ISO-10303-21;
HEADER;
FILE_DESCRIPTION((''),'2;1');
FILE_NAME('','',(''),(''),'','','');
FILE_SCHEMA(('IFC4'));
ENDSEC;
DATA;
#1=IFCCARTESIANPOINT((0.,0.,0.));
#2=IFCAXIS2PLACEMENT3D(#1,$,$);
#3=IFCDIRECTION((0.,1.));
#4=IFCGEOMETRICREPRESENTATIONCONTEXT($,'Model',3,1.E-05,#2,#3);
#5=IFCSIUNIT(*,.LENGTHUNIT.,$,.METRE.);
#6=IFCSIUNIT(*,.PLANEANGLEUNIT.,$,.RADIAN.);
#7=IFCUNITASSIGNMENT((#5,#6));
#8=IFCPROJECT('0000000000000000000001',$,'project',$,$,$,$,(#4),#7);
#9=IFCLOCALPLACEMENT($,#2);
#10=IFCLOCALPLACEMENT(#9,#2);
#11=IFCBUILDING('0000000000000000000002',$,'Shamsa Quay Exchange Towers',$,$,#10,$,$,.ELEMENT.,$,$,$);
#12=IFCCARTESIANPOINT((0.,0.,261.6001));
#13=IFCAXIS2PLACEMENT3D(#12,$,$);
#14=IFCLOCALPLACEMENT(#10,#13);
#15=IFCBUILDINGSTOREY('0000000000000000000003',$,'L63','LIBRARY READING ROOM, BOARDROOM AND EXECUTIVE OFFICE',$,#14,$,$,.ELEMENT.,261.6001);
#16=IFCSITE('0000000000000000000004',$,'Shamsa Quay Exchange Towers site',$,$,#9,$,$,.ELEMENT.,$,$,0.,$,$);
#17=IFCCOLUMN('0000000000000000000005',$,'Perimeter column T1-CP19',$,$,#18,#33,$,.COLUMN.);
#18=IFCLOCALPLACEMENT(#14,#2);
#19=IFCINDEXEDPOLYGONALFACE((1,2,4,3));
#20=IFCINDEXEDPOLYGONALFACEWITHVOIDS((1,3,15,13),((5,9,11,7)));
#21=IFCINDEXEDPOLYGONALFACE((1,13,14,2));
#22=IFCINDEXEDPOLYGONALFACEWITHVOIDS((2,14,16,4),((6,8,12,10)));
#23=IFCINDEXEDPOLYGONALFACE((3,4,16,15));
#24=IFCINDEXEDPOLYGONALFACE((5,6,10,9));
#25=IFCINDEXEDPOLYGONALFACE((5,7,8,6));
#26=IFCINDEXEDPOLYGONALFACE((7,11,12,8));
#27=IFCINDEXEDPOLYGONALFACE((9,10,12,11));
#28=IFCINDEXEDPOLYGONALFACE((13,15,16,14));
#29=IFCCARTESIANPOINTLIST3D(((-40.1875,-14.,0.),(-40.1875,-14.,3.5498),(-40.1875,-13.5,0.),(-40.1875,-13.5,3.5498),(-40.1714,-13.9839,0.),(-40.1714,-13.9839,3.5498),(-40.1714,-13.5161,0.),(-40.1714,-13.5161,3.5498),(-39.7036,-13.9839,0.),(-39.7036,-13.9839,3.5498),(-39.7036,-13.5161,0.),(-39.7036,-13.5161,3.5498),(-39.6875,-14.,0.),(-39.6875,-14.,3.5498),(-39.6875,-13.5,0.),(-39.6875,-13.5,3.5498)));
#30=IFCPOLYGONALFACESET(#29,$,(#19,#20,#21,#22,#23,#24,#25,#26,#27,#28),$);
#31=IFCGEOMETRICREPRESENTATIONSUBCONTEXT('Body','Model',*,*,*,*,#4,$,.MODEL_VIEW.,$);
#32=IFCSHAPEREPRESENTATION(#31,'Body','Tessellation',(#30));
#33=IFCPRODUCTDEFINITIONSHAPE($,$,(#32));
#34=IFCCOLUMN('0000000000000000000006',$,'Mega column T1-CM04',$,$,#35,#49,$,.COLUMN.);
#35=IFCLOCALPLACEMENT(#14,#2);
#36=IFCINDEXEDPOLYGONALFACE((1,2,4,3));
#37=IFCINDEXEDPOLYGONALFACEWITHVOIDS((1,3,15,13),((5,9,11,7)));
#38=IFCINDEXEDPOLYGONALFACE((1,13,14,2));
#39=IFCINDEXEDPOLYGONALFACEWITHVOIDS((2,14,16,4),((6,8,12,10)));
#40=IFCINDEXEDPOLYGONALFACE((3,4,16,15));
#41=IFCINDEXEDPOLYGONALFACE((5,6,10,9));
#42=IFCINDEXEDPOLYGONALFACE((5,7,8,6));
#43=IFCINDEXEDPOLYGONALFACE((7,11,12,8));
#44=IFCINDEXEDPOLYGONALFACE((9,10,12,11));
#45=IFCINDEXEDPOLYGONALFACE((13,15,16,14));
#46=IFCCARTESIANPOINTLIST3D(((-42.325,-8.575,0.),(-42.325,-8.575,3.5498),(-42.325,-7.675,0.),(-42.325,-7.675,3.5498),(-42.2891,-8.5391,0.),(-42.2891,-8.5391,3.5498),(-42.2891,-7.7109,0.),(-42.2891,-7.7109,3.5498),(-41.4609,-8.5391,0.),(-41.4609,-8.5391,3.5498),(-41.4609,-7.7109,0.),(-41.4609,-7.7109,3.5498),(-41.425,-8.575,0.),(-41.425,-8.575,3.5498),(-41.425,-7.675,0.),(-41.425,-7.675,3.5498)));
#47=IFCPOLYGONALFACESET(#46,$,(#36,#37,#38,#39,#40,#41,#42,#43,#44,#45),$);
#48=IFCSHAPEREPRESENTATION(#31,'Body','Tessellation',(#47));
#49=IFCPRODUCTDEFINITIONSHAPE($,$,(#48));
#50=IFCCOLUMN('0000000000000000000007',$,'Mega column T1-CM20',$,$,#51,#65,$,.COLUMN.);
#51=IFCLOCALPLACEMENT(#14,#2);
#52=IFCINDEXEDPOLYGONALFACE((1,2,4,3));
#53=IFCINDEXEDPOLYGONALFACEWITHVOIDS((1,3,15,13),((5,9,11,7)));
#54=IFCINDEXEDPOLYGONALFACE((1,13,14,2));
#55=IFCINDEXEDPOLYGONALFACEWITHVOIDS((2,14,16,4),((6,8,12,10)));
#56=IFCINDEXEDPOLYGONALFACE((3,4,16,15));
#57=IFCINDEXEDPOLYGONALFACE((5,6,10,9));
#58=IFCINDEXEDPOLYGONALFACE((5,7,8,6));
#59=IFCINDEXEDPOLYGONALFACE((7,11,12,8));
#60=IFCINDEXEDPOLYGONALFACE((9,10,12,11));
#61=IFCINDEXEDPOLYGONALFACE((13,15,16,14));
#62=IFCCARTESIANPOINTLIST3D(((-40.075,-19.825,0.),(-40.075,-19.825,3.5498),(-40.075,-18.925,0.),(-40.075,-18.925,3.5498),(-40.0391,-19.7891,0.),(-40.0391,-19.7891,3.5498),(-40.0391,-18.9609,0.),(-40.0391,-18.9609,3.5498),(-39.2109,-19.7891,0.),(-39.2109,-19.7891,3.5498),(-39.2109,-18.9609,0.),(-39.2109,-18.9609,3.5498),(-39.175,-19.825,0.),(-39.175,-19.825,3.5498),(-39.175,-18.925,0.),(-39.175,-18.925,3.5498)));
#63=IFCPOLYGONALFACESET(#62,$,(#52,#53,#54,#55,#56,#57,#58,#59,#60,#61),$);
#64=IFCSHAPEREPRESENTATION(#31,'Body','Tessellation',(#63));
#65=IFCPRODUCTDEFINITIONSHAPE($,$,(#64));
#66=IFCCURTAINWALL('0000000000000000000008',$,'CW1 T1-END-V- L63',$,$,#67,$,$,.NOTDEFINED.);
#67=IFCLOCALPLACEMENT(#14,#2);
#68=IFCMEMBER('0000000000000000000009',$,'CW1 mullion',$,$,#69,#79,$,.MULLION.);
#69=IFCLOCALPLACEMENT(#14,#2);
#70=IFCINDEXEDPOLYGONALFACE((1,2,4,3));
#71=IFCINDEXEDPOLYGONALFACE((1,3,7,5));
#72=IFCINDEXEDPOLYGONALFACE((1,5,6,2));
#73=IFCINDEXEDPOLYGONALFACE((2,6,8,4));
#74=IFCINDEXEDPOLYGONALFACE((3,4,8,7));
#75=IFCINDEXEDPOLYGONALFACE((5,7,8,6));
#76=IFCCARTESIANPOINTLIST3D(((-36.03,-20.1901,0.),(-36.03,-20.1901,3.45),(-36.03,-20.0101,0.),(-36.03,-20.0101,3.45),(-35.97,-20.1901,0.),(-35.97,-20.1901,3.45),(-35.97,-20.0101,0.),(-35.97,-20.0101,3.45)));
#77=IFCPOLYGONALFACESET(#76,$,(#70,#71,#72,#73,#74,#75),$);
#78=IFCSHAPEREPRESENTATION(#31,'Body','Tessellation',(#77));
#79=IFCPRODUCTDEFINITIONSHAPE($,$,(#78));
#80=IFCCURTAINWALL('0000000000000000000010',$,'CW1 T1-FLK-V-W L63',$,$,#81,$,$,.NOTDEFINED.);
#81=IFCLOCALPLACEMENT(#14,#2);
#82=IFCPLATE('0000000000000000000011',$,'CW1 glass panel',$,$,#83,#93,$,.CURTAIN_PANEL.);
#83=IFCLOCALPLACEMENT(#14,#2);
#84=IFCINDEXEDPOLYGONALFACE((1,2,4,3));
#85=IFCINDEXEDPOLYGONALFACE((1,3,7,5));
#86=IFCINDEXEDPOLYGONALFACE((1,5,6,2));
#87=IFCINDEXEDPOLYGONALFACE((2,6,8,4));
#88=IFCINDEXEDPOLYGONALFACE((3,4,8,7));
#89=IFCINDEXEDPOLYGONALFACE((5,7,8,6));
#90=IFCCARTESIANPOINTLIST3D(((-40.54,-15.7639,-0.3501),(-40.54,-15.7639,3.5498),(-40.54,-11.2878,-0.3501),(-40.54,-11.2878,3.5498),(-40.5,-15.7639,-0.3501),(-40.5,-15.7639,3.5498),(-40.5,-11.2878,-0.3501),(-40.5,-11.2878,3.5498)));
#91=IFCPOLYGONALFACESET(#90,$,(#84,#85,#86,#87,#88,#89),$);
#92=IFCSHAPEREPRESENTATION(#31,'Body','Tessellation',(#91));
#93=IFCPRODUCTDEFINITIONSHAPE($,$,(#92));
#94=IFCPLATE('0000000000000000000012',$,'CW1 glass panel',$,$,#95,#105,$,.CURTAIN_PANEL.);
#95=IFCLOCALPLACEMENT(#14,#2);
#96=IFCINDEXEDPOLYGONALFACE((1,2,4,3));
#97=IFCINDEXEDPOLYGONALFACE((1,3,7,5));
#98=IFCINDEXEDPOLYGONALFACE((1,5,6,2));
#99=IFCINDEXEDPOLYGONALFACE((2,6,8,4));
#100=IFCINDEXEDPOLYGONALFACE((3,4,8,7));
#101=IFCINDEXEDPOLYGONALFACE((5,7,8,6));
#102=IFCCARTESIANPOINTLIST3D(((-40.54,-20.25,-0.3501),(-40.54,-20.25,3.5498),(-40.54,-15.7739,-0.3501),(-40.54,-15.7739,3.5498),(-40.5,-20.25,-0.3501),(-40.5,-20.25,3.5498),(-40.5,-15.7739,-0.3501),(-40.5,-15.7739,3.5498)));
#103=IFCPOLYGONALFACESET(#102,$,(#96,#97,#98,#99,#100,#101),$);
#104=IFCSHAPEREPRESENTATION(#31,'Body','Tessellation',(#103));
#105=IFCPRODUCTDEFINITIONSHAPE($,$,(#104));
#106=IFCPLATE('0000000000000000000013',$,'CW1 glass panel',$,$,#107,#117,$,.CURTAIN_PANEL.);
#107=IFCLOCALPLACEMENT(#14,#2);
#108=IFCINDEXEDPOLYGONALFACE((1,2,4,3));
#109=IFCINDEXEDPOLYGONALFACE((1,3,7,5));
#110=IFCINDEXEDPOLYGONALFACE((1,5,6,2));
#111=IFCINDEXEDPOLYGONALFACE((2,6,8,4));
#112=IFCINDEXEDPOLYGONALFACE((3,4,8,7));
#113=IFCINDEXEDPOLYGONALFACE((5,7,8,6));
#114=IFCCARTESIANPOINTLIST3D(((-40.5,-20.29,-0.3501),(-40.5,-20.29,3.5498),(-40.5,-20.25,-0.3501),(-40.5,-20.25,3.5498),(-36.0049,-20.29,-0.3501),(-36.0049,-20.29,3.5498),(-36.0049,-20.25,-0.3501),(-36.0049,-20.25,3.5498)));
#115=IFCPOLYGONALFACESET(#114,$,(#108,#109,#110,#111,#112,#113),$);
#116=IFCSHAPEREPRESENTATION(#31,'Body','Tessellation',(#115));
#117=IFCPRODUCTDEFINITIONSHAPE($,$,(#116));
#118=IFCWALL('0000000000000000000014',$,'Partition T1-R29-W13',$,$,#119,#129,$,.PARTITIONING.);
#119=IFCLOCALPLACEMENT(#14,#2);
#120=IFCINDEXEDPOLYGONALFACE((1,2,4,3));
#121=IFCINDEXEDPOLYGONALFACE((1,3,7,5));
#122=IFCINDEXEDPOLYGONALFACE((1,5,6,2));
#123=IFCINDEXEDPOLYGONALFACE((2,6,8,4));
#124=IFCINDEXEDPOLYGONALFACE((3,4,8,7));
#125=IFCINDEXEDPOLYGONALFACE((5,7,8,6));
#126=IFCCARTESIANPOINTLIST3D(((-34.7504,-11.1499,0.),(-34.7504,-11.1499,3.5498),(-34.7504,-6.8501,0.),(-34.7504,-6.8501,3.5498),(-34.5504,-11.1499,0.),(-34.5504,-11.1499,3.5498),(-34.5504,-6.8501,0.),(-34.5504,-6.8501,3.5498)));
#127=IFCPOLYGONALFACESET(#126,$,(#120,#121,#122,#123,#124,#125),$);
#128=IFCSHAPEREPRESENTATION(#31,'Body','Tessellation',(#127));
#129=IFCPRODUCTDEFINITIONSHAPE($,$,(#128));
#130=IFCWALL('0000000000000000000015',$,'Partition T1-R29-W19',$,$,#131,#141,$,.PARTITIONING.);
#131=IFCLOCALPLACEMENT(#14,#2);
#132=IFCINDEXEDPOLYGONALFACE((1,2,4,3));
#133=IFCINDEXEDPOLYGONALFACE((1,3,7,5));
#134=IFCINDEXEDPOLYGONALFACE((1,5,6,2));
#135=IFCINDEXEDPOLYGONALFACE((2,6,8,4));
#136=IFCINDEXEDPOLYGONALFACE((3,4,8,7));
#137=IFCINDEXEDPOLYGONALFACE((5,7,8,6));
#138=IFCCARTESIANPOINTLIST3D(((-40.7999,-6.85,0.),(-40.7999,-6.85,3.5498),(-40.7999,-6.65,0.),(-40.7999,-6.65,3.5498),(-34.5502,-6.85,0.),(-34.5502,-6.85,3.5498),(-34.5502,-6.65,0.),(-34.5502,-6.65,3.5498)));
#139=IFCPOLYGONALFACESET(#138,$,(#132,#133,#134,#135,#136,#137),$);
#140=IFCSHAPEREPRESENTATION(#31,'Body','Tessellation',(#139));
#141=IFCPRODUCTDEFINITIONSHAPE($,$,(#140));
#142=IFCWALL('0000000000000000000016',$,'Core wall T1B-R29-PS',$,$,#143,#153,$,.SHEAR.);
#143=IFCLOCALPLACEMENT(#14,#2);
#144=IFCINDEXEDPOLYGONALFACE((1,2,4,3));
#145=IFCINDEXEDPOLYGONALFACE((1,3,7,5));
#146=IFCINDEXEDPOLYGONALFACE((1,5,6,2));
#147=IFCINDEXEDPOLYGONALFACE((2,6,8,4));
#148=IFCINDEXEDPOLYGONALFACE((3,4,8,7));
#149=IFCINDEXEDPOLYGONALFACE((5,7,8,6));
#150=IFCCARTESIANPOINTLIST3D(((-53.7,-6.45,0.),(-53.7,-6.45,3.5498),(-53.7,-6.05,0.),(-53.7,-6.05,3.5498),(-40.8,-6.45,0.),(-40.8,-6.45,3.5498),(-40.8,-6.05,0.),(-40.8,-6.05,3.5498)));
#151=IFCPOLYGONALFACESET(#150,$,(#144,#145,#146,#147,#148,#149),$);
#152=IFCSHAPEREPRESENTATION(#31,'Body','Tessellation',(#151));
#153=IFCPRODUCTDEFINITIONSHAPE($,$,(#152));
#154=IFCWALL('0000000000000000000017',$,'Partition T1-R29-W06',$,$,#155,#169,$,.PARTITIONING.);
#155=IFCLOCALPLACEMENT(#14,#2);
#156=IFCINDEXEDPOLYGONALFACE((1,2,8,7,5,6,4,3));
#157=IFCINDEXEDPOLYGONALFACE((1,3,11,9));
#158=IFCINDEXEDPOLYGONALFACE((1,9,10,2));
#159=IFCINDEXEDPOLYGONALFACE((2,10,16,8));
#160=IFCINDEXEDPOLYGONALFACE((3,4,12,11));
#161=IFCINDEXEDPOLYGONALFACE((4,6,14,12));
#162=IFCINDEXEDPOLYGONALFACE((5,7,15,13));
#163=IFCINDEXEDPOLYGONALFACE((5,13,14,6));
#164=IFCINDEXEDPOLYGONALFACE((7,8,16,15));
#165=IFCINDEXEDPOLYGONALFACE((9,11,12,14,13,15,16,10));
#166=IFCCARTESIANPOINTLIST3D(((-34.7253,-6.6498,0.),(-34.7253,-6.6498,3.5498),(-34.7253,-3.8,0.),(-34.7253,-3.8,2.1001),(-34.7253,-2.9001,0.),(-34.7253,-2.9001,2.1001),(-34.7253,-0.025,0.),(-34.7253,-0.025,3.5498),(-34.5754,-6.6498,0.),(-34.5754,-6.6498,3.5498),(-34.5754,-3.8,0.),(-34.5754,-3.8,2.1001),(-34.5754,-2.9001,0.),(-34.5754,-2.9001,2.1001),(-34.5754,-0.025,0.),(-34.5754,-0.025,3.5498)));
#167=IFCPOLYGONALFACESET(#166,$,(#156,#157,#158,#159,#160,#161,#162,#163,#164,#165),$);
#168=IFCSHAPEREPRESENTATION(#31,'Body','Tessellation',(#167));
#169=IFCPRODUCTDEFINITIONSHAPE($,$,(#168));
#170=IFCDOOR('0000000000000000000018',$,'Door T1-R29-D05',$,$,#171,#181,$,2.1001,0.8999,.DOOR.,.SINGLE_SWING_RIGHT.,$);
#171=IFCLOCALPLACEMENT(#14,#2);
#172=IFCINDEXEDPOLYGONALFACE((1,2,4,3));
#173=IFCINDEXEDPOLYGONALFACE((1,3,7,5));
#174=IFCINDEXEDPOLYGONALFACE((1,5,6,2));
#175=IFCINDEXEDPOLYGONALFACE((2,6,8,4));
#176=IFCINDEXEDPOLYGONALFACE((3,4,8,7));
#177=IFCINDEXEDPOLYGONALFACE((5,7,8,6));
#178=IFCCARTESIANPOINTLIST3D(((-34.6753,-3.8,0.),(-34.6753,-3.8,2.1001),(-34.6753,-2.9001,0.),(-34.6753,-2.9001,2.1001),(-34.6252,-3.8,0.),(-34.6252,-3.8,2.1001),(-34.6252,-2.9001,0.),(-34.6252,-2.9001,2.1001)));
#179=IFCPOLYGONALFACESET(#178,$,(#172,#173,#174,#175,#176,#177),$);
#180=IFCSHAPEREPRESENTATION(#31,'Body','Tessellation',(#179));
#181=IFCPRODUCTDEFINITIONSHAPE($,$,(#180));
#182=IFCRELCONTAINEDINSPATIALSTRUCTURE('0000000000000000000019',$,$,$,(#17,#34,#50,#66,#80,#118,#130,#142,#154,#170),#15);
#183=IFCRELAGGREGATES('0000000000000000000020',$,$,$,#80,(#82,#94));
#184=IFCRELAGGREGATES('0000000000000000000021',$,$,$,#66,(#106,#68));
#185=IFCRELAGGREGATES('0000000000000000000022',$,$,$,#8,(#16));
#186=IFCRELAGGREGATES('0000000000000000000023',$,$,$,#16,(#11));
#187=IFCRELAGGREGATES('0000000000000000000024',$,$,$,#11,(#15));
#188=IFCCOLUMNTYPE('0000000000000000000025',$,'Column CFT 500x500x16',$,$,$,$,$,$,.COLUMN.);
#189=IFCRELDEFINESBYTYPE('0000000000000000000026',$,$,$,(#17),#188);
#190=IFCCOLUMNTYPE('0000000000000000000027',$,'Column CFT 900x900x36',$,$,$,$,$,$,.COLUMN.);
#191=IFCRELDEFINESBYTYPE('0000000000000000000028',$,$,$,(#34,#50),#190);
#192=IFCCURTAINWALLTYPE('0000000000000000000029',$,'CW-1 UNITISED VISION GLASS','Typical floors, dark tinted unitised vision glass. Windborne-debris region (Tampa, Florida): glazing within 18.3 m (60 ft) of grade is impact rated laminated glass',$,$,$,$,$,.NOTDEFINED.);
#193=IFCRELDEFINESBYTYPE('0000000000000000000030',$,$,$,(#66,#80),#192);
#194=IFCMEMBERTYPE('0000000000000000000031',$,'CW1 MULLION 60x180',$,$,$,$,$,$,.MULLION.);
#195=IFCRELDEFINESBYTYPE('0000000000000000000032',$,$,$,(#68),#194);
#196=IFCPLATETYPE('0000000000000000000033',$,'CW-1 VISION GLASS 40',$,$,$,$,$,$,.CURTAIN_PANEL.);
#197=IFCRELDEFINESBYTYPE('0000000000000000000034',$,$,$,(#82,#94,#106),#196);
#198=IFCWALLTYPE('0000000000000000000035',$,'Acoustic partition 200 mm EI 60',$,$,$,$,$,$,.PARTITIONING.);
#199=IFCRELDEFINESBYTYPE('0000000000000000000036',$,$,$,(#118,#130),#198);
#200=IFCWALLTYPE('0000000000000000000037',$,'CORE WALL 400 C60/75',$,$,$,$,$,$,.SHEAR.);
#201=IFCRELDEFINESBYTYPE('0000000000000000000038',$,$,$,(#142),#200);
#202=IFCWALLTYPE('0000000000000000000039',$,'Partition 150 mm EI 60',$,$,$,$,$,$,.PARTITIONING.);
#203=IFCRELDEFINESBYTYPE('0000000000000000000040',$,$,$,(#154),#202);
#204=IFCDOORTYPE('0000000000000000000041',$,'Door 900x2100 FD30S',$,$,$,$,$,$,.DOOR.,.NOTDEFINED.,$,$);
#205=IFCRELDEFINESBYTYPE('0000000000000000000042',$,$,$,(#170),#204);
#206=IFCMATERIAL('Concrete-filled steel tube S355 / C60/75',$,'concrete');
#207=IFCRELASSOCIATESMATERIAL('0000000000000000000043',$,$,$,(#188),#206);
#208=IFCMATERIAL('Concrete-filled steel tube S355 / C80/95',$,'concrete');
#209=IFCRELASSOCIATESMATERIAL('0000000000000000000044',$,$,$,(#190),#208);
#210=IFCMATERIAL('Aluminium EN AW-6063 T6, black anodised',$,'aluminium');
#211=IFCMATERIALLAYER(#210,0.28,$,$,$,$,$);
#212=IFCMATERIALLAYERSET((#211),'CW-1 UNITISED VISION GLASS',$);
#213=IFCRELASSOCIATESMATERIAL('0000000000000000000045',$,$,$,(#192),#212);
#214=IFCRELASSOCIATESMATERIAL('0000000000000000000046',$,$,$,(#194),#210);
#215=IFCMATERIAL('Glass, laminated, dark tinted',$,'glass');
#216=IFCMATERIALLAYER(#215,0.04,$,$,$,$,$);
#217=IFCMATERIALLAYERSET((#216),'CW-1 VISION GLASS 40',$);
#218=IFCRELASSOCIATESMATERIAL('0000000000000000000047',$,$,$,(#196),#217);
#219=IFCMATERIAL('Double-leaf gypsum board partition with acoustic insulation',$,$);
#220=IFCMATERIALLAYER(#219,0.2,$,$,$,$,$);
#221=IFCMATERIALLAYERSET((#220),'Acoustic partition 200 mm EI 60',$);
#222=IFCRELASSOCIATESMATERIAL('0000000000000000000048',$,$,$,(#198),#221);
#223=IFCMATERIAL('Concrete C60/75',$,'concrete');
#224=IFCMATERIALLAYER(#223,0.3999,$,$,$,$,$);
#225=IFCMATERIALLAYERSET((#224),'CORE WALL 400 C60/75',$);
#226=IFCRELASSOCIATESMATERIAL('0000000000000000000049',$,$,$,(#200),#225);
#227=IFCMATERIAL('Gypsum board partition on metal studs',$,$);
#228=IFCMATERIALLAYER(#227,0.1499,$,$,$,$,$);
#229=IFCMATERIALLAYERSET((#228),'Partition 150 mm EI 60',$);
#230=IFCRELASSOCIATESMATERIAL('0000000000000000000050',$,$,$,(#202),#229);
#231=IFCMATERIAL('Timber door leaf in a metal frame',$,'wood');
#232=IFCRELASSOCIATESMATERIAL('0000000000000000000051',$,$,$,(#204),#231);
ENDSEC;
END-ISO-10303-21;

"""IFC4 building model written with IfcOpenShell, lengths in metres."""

from ifc_helpers import new_model, si_unit, direction, frame, frame_2d, origin, origin_2d, place, context, subcontext, project, spatial, rectangle, hollow_rectangle, extrude, material, layer, layer_set, material_profile, profile_set, type_object, element, fill, aggregate, save


model = new_model("IFC4")

# Units and contexts
model_context = context("Model", 3, precision=1e-05, world=origin(), true_north=direction((0.0, 1.0)))
body_context = subcontext(model_context, "Body", "Model", "MODEL_VIEW")
ifc_project = project(units=[si_unit("LENGTHUNIT", "METRE"), si_unit("PLANEANGLEUNIT", "RADIAN")], contexts=[model_context])

# Site, building, storey
site_placement = place(None, origin())
site = spatial("IfcSite", under=ifc_project, at=site_placement, Name="Shamsa Quay Exchange Towers site", CompositionType="ELEMENT", RefElevation=0.0)
building_placement = place(site_placement, origin())
building = spatial("IfcBuilding", under=site, at=building_placement, Name="Shamsa Quay Exchange Towers", CompositionType="ELEMENT")
storey_placement = place(building_placement, frame((0.0, 0.0, 261.6001)))
storey = spatial("IfcBuildingStorey", under=building, at=storey_placement, Name="L63", Description="LIBRARY READING ROOM, BOARDROOM AND EXECUTIVE OFFICE", CompositionType="ELEMENT", Elevation=261.6001)

# Columns
ifc_material_1 = material(Name="Concrete-filled steel tube S355 / C60/75", Category="concrete")
ifc_material_profile_1 = material_profile(ifc_material_1, hollow_rectangle(XDim=0.5, YDim=0.5, WallThickness=0.0161, at=origin_2d()), Name="CFT 500x500x16")
ifc_profile_set_1 = profile_set([ifc_material_profile_1], Name="Concrete-filled steel tube S355 / C60/75")
column_type_1 = type_object("IfcColumnType", Name="Column CFT 500x500x16", PredefinedType="COLUMN", material=ifc_profile_set_1)
column_placement = place(storey_placement, frame((-39.9375, -13.75, 0.0)))
element("IfcColumn", 1, at=column_placement, inside=storey, type_object=column_type_1, Name="Perimeter column T1-CP19", PredefinedType="COLUMN", context=body_context, shape_type="SweptSolid", body=[
    extrude(hollow_rectangle(XDim=0.5, YDim=0.5, WallThickness=0.0161, at=origin_2d()), origin(), (0.0, 0.0, 1.0), 3.5498),
])
ifc_material_2 = material(Name="Concrete-filled steel tube S355 / C80/95", Category="concrete")
ifc_material_profile_2 = material_profile(ifc_material_2, hollow_rectangle(XDim=0.8999, YDim=0.8999, WallThickness=0.0359, at=origin_2d()), Name="CFT 900x900x36")
ifc_profile_set_2 = profile_set([ifc_material_profile_2], Name="Concrete-filled steel tube S355 / C80/95")
column_type_2 = type_object("IfcColumnType", Name="Column CFT 900x900x36", PredefinedType="COLUMN", material=ifc_profile_set_2)
for number, where, name in (
    (2, (-41.875, -8.125, 0.0), "Mega column T1-CM04"),
    (3, (-39.625, -19.375, 0.0), "Mega column T1-CM20"),
):
    element("IfcColumn", number, at=place(storey_placement, frame(where)), inside=storey, type_object=column_type_2, Name=name, PredefinedType="COLUMN", context=body_context, shape_type="SweptSolid", body=[
        extrude(hollow_rectangle(XDim=0.8999, YDim=0.8999, WallThickness=0.0359, at=origin_2d()), origin(), (0.0, 0.0, 1.0), 3.5498),
    ])

# Curtain wall, member
ifc_material_3 = material(Name="Aluminium EN AW-6063 T6, black anodised", Category="aluminium")
ifc_layer_1 = layer(ifc_material_3, 0.28)
ifc_layer_set_1 = layer_set([ifc_layer_1], Name="CW-1 UNITISED VISION GLASS")
curtain_wall_type = type_object("IfcCurtainWallType", Name="CW-1 UNITISED VISION GLASS", Description="Typical floors, dark tinted unitised vision glass. Windborne-debris region (Tampa, Florida): glazing within 18.3 m (60 ft) of grade is impact rated laminated glass", PredefinedType="NOTDEFINED", material=ifc_layer_set_1)
curtain_wall_1_placement = place(storey_placement, origin())
curtain_wall_1 = element("IfcCurtainWall", 4, at=curtain_wall_1_placement, inside=storey, type_object=curtain_wall_type, Name="CW1 T1-END-V- L63", PredefinedType="NOTDEFINED")
ifc_material_profile_3 = material_profile(ifc_material_3, rectangle(XDim=0.1799, YDim=0.0601, at=origin_2d()), Name="MU60x180")
ifc_profile_set_3 = profile_set([ifc_material_profile_3], Name="Aluminium EN AW-6063 T6, black anodised")
member_type = type_object("IfcMemberType", Name="CW1 MULLION 60x180", PredefinedType="MULLION", material=ifc_profile_set_3)
member_placement = place(storey_placement, frame((-36.0, -20.1001, 0.0), z_axis=(0.0, 0.0, 1.0), x_axis=(0.0, 1.0, 0.0)))
member = element("IfcMember", 5, at=member_placement, type_object=member_type, Name="CW1 mullion", PredefinedType="MULLION", context=body_context, shape_type="SweptSolid", body=[
    extrude(rectangle(XDim=0.1799, YDim=0.0601, at=origin_2d()), origin(), (0.0, 0.0, 1.0), 3.45),
])

# Curtain wall, plates
curtain_wall_2_placement = place(storey_placement, origin())
curtain_wall_2 = element("IfcCurtainWall", 6, at=curtain_wall_2_placement, inside=storey, type_object=curtain_wall_type, Name="CW1 T1-FLK-V-W L63", PredefinedType="NOTDEFINED")
ifc_material_4 = material(Name="Glass, laminated, dark tinted", Category="glass")
ifc_layer_2 = layer(ifc_material_4, 0.04)
ifc_layer_set_2 = layer_set([ifc_layer_2], Name="CW-1 VISION GLASS 40")
plate_type = type_object("IfcPlateType", Name="CW-1 VISION GLASS 40", PredefinedType="CURTAIN_PANEL", material=ifc_layer_set_2)
plate_1_placement = place(storey_placement, frame((-40.52, -13.5259, -0.3501), z_axis=(0.0, 0.0, 1.0), x_axis=(0.0, -1.0, 0.0)))
plate_1 = element("IfcPlate", 7, at=plate_1_placement, type_object=plate_type, Name="CW1 glass panel", PredefinedType="CURTAIN_PANEL", context=body_context, shape_type="SweptSolid", body=[
    extrude(rectangle(XDim=4.4761, YDim=0.04, at=origin_2d()), origin(), (0.0, 0.0, 1.0), 3.8999),
])
plate_2_placement = place(storey_placement, frame((-40.52, -18.012, -0.3501), z_axis=(0.0, 0.0, 1.0), x_axis=(0.0, -1.0, 0.0)))
plate_2 = element("IfcPlate", 8, at=plate_2_placement, type_object=plate_type, Name="CW1 glass panel", PredefinedType="CURTAIN_PANEL", context=body_context, shape_type="SweptSolid", body=[
    extrude(rectangle(XDim=4.4761, YDim=0.04, at=origin_2d()), origin(), (0.0, 0.0, 1.0), 3.8999),
])
aggregate(curtain_wall_2, [plate_1, plate_2])

# Plate
plate_3_placement = place(storey_placement, frame((-38.2524, -20.27, -0.3501)))
plate_3 = element("IfcPlate", 9, at=plate_3_placement, type_object=plate_type, Name="CW1 glass panel", PredefinedType="CURTAIN_PANEL", context=body_context, shape_type="SweptSolid", body=[
    extrude(rectangle(XDim=4.4951, YDim=0.04, at=origin_2d()), origin(), (0.0, 0.0, 1.0), 3.8999),
])
aggregate(curtain_wall_1, [plate_3, member])

# Shared definitions
ifc_material_5 = material(Name="Double-leaf gypsum board partition with acoustic insulation")
ifc_layer_3 = layer(ifc_material_5, 0.2)
ifc_layer_set_3 = layer_set([ifc_layer_3], Name="Acoustic partition 200 mm EI 60")
wall_type_1 = type_object("IfcWallType", Name="Acoustic partition 200 mm EI 60", PredefinedType="PARTITIONING", material=ifc_layer_set_3)
ifc_material_6 = material(Name="Timber door leaf in a metal frame", Category="wood")

# Walls
wall_1_placement = place(storey_placement, frame((-34.6504, -11.1499, 0.0), z_axis=(0.0, 0.0, 1.0), x_axis=(0.0, 1.0, 0.0)))
element("IfcWall", 10, at=wall_1_placement, inside=storey, type_object=wall_type_1, Name="Partition T1-R29-W13", PredefinedType="PARTITIONING", context=body_context, shape_type="SweptSolid", body=[
    extrude(rectangle(XDim=4.2998, YDim=0.2, at=frame_2d((2.1499, 0.0))), origin(), (0.0, 0.0, 1.0), 3.5498),
])
wall_2_placement = place(storey_placement, frame((-40.8, -6.75, 0.0)))
element("IfcWall", 11, at=wall_2_placement, inside=storey, type_object=wall_type_1, Name="Partition T1-R29-W19", PredefinedType="PARTITIONING", context=body_context, shape_type="SweptSolid", body=[
    extrude(rectangle(XDim=6.2498, YDim=0.2, at=frame_2d((3.125, 0.0))), origin(), (0.0, 0.0, 1.0), 3.5498),
])

# Wall
ifc_material_7 = material(Name="Concrete C60/75", Category="concrete")
ifc_layer_4 = layer(ifc_material_7, 0.3999)
ifc_layer_set_4 = layer_set([ifc_layer_4], Name="CORE WALL 400 C60/75")
wall_type_2 = type_object("IfcWallType", Name="CORE WALL 400 C60/75", PredefinedType="SHEAR", material=ifc_layer_set_4)
wall_3_placement = place(storey_placement, frame((-40.8, -6.25, 0.0), z_axis=(0.0, 0.0, 1.0), x_axis=(-1.0, 0.0, 0.0)))
element("IfcWall", 12, at=wall_3_placement, inside=storey, type_object=wall_type_2, Name="Core wall T1B-R29-PS", PredefinedType="SHEAR", context=body_context, shape_type="SweptSolid", body=[
    extrude(rectangle(XDim=12.8999, YDim=0.3999, at=frame_2d((6.45, 0.0))), origin(), (0.0, 0.0, 1.0), 3.5498),
])

# Wall, opening, door
ifc_material_8 = material(Name="Gypsum board partition on metal studs")
ifc_layer_5 = layer(ifc_material_8, 0.1499)
ifc_layer_set_5 = layer_set([ifc_layer_5], Name="Partition 150 mm EI 60")
wall_type_3 = type_object("IfcWallType", Name="Partition 150 mm EI 60", PredefinedType="PARTITIONING", material=ifc_layer_set_5)
wall_4_placement = place(storey_placement, frame((-34.6504, -6.6499, 0.0), z_axis=(0.0, 0.0, 1.0), x_axis=(0.0, 1.0, 0.0)))
wall_4 = element("IfcWall", 13, at=wall_4_placement, inside=storey, type_object=wall_type_3, Name="Partition T1-R29-W06", PredefinedType="PARTITIONING", context=body_context, shape_type="SweptSolid", body=[
    extrude(rectangle(XDim=6.6248, YDim=0.1499, at=frame_2d((3.3125, 0.0))), origin(), (0.0, 0.0, 1.0), 3.5498),
])
opening_1_placement = place(wall_4_placement, frame((2.8499, 0.0, 0.0)))
opening_1 = element("IfcOpeningElement", 14, at=opening_1_placement, cuts=wall_4, PredefinedType="OPENING", context=body_context, shape_type="SweptSolid", body=[
    extrude(rectangle(XDim=0.8999, YDim=2.1001, at=frame_2d((0.45, 1.05))), frame((0.0, 0.085, 0.0), z_axis=(0.0, -1.0, 0.0), x_axis=(1.0, 0.0, 0.0)), (0.0, 0.0, 1.0), 0.1699),
])
door_type_1 = type_object("IfcDoorType", Name="Door 900x2100 FD30S", OperationType="NOTDEFINED", PredefinedType="DOOR", material=ifc_material_6)
door_1_placement = place(opening_1_placement, origin())
door_1 = element("IfcDoor", 15, at=door_1_placement, inside=storey, type_object=door_type_1, Name="Door T1-R29-D05", OperationType="SINGLE_SWING_RIGHT", OverallHeight=2.1001, OverallWidth=0.8999, PredefinedType="DOOR", context=body_context, shape_type="SweptSolid", body=[
    extrude(rectangle(XDim=0.8999, YDim=2.1001, at=frame_2d((0.45, 1.05))), frame((0.0, 0.0249, 0.0), z_axis=(0.0, -1.0, 0.0), x_axis=(1.0, 0.0, 0.0)), (0.0, 0.0, 1.0), 0.05),
])
fill(opening_1, door_1)

save(model, "model.ifc")
